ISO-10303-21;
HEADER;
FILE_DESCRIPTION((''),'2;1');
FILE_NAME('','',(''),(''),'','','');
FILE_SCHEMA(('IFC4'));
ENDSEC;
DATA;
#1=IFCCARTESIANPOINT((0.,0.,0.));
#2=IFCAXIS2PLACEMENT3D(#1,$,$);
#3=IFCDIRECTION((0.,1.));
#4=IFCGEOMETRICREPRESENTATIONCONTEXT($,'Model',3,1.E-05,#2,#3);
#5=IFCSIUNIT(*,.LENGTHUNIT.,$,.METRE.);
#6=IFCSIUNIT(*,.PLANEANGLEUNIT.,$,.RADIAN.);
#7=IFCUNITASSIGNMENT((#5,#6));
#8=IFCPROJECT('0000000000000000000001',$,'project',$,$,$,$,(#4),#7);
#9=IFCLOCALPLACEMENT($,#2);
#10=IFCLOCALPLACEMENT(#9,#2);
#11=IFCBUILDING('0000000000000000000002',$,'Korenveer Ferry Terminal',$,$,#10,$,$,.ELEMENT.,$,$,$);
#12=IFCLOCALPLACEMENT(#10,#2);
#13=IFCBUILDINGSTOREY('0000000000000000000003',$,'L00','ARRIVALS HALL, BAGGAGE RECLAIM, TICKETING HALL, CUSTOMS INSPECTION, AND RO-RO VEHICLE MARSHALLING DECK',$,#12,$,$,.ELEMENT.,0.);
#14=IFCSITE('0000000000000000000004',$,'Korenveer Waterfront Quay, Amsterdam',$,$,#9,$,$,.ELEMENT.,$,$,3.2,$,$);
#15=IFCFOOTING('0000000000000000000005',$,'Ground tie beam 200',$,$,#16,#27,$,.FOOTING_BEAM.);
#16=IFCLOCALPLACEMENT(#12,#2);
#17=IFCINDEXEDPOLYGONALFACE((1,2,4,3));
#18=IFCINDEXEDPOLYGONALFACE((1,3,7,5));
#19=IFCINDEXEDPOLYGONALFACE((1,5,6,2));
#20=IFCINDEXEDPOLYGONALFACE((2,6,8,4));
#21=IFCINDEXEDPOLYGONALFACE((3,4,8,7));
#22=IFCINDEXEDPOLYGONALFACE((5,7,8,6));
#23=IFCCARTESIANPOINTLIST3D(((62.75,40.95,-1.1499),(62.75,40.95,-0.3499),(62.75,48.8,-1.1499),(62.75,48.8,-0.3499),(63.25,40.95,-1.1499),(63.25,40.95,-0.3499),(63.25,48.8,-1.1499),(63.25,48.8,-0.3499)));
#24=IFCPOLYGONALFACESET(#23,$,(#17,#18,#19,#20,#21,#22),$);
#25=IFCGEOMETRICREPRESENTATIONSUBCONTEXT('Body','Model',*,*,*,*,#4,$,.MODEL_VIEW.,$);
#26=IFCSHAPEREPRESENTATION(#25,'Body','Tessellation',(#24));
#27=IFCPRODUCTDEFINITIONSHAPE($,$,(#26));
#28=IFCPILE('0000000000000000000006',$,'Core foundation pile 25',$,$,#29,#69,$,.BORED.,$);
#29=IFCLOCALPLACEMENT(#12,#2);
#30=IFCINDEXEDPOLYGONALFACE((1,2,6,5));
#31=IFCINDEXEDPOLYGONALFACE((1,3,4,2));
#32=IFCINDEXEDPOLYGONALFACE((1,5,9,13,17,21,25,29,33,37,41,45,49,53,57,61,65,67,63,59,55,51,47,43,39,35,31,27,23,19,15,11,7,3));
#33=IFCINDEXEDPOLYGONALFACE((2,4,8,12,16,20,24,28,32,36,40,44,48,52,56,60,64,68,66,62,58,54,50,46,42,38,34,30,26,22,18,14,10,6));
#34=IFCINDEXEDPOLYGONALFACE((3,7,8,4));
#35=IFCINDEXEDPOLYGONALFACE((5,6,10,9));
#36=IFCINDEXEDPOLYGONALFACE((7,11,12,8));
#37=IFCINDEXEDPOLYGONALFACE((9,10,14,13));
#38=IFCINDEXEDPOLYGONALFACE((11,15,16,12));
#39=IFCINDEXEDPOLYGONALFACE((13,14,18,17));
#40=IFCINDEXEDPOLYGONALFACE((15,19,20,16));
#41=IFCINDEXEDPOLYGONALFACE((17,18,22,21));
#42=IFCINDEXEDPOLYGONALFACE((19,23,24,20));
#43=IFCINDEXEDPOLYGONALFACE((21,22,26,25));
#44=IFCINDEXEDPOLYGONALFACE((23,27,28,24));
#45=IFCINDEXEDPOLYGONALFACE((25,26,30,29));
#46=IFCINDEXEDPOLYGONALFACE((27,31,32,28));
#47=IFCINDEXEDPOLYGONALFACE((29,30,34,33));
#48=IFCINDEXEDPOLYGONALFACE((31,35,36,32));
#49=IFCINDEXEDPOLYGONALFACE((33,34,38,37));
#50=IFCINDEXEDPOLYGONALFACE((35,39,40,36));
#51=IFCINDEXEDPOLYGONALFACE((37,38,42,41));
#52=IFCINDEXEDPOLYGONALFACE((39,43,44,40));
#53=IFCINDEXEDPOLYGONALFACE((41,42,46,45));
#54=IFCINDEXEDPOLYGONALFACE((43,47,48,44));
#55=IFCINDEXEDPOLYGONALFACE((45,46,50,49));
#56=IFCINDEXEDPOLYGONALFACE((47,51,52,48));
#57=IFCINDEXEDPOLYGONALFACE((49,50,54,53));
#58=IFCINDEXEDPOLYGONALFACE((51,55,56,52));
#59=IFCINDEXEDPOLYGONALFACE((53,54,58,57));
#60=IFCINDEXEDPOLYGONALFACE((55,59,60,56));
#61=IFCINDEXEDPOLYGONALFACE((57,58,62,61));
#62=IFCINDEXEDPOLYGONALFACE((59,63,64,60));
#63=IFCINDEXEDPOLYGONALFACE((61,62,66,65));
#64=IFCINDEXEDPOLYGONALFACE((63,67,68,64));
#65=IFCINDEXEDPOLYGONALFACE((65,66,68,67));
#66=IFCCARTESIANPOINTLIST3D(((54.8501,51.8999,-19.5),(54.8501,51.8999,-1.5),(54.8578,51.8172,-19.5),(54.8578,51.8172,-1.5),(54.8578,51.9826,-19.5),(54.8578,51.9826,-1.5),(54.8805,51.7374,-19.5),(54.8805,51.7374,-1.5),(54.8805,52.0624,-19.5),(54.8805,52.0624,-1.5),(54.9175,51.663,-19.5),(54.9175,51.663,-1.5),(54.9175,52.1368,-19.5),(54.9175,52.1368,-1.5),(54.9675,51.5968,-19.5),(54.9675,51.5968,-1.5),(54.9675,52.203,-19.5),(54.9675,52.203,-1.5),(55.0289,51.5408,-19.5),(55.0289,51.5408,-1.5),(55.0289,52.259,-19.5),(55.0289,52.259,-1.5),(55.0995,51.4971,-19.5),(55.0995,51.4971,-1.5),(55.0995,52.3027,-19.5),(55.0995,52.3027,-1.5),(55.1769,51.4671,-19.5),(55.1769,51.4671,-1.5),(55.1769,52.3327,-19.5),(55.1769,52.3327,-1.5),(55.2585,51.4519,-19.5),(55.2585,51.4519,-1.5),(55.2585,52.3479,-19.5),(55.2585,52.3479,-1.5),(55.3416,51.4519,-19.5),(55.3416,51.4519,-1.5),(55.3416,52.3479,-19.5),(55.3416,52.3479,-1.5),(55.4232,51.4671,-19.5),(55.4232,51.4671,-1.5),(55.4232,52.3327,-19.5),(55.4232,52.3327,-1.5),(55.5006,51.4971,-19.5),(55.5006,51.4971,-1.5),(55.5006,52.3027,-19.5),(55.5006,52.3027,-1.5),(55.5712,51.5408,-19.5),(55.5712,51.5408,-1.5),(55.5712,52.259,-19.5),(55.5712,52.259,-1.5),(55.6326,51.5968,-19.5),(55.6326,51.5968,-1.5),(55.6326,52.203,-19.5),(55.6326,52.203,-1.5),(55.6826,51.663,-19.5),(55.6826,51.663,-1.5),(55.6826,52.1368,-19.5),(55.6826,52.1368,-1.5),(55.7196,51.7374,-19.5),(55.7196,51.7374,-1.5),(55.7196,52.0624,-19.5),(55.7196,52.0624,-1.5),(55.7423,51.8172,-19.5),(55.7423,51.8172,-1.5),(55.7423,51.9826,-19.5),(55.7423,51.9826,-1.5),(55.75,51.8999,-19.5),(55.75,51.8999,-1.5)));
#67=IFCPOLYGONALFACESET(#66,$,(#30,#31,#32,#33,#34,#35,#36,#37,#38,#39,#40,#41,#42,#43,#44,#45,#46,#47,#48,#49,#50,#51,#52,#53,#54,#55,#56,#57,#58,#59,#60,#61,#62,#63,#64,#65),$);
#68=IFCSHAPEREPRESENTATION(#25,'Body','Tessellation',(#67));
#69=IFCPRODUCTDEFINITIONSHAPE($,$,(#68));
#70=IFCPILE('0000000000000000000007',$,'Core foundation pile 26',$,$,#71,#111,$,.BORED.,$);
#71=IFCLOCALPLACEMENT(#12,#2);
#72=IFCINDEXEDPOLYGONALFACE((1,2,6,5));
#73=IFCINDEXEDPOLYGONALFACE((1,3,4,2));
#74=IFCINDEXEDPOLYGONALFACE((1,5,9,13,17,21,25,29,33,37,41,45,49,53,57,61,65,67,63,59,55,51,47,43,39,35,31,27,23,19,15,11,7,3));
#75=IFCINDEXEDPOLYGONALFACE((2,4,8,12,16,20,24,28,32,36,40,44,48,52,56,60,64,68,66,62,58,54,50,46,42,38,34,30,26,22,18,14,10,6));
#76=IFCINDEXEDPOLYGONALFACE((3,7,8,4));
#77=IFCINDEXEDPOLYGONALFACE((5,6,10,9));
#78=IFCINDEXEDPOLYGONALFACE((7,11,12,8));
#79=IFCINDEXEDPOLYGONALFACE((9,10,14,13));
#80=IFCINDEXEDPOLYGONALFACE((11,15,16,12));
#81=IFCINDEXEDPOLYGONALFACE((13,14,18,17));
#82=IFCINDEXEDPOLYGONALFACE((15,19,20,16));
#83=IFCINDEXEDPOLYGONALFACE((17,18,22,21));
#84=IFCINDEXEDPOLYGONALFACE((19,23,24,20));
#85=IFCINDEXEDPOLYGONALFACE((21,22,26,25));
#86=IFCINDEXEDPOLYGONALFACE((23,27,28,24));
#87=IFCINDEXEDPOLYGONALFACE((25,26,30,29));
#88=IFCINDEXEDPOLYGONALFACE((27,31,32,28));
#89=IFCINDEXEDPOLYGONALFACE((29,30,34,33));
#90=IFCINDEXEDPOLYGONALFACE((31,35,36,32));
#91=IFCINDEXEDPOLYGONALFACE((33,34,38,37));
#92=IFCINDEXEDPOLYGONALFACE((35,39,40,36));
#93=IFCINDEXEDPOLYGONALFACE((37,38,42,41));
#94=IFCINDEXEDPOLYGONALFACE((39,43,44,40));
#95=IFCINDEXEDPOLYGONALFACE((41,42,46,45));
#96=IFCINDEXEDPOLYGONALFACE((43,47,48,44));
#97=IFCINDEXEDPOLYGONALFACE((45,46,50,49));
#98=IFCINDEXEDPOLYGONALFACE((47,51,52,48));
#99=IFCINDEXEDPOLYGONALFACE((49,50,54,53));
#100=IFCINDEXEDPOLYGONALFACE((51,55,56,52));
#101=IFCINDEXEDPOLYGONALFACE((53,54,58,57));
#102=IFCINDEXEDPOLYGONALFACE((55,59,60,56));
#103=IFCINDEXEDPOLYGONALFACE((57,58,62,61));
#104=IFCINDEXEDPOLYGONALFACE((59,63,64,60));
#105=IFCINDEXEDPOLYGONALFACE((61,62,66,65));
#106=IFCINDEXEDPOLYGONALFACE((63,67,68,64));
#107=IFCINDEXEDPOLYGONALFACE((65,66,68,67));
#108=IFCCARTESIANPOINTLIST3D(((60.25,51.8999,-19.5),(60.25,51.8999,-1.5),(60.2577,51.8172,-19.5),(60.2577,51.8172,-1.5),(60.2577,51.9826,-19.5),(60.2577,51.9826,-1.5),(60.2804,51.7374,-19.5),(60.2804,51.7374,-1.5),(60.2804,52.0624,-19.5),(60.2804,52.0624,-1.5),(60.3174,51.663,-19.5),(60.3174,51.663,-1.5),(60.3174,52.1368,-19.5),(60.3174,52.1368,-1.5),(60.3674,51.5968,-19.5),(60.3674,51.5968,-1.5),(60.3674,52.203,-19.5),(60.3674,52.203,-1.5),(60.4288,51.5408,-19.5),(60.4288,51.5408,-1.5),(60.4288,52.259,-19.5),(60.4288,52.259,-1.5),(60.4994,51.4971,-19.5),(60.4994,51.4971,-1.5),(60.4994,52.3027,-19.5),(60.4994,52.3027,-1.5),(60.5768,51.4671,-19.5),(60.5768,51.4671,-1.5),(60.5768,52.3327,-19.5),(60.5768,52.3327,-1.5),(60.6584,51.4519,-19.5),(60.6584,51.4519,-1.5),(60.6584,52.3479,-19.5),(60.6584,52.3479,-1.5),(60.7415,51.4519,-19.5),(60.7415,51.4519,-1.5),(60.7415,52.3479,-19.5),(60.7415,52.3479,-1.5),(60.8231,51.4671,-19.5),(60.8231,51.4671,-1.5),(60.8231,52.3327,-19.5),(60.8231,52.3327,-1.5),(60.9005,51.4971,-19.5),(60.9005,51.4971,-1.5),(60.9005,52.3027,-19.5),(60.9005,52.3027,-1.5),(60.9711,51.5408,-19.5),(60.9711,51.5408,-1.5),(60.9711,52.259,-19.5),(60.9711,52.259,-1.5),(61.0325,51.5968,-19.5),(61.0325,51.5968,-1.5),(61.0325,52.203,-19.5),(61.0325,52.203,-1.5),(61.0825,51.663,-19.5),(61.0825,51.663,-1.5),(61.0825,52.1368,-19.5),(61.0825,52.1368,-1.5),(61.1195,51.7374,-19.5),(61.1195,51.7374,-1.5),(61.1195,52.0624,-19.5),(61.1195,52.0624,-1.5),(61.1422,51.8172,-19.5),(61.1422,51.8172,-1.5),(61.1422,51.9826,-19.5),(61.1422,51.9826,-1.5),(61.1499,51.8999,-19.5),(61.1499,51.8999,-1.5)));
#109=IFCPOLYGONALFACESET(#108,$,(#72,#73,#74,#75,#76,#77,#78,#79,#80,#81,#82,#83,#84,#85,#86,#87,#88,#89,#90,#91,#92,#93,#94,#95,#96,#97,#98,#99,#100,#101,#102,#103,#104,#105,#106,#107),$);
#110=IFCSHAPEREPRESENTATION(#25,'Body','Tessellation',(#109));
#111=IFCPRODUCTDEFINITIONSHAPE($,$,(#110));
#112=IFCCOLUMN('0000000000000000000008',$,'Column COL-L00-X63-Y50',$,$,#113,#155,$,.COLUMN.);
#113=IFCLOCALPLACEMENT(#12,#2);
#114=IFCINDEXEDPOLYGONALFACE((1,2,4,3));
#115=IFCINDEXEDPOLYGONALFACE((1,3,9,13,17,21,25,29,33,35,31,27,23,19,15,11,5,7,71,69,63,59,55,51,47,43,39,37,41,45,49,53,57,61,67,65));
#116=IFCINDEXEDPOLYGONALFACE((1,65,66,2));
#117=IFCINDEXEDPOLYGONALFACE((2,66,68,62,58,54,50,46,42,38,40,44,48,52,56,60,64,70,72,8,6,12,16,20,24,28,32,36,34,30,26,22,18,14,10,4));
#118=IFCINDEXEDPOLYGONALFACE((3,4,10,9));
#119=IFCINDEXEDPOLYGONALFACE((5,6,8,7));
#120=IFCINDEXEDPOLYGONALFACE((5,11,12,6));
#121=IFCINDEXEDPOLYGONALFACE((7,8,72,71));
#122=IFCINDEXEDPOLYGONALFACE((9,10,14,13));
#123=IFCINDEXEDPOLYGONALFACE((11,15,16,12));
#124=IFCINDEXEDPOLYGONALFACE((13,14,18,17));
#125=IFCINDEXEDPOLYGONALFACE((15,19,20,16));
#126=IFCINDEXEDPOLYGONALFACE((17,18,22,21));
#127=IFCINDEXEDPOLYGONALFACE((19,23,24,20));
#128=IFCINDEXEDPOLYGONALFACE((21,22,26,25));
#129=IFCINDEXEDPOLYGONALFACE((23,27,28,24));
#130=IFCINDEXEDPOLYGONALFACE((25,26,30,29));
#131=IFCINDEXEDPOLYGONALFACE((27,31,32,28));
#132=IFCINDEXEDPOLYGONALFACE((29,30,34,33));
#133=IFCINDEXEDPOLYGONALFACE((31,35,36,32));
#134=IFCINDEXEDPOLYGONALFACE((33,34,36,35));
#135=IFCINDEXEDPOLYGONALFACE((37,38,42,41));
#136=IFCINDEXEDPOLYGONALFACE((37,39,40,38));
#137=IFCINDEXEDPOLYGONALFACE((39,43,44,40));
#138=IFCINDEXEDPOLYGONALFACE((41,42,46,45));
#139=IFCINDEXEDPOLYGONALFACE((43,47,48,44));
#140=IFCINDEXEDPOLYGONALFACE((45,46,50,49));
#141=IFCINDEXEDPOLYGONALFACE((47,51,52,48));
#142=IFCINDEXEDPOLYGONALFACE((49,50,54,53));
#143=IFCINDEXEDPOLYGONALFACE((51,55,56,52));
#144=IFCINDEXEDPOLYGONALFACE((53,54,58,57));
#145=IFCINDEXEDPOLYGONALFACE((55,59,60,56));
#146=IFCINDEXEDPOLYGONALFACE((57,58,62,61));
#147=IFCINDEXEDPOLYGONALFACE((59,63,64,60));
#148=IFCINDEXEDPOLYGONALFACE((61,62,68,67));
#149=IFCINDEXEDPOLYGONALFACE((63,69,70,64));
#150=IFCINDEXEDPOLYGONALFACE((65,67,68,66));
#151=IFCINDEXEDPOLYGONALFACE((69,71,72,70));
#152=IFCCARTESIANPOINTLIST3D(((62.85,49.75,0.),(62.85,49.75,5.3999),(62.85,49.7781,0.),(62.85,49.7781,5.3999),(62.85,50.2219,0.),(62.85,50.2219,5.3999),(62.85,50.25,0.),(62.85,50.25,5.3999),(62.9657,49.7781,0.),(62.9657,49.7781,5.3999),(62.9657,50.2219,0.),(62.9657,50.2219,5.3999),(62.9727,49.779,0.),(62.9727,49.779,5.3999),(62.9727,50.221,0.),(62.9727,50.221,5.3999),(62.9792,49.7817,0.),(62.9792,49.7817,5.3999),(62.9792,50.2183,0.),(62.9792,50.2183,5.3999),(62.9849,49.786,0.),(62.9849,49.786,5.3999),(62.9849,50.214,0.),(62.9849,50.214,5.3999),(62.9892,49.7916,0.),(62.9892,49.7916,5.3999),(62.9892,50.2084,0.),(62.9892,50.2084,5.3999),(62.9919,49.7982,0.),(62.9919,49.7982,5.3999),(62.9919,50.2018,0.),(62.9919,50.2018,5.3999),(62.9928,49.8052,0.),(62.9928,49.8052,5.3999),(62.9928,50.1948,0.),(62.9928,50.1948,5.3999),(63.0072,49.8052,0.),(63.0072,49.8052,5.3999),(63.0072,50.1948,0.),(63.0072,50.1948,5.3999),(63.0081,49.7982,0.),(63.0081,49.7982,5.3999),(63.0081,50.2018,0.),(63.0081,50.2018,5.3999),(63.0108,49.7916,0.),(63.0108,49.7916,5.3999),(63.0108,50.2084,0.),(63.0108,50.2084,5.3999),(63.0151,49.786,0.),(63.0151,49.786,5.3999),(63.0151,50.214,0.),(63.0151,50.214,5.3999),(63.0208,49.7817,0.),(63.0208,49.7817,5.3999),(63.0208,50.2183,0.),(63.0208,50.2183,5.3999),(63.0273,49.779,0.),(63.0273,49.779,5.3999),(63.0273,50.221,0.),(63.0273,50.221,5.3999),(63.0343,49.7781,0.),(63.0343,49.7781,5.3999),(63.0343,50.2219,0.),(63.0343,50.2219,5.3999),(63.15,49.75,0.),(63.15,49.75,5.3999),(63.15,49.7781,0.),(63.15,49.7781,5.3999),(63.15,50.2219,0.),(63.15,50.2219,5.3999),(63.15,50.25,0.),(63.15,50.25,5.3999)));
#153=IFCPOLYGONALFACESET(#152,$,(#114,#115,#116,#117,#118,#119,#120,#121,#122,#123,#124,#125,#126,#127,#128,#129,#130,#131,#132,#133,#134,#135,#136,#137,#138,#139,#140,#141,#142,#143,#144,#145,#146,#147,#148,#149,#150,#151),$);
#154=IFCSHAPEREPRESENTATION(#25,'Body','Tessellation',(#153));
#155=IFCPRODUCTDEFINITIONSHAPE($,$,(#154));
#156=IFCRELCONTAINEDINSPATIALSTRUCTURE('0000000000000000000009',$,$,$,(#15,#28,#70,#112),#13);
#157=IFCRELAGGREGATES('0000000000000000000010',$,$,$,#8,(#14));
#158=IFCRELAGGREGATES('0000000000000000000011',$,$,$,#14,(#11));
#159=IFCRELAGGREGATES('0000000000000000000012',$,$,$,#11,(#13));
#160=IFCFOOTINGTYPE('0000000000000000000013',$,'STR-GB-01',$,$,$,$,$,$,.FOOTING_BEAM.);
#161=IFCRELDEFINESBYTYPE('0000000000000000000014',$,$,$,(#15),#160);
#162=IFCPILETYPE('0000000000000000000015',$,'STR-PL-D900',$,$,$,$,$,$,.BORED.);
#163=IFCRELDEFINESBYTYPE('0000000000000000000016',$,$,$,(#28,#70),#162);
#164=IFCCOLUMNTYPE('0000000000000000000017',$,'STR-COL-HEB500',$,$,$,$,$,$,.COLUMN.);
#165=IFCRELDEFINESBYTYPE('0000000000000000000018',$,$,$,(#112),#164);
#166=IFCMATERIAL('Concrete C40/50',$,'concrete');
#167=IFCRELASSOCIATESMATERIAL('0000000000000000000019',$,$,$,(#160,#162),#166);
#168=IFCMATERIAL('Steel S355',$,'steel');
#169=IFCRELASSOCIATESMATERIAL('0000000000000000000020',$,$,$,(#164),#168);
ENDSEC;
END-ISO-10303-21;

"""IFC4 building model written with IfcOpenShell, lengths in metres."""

from ifc_helpers import new_model, si_unit, direction, frame, origin, origin_2d, place, context, subcontext, project, spatial, rectangle, circle, i_section, extrude, material, material_profile, profile_set, type_object, element, save


model = new_model("IFC4")

# Units and contexts
model_context = context("Model", 3, precision=1e-05, world=origin(), true_north=direction((0.0, 1.0)))
body_context = subcontext(model_context, "Body", "Model", "MODEL_VIEW")
ifc_project = project(units=[si_unit("LENGTHUNIT", "METRE"), si_unit("PLANEANGLEUNIT", "RADIAN")], contexts=[model_context])

# Site, building, storey
site_placement = place(None, origin())
site = spatial("IfcSite", under=ifc_project, at=site_placement, Name="Korenveer Waterfront Quay, Amsterdam", CompositionType="ELEMENT", RefElevation=3.2)
building_placement = place(site_placement, origin())
building = spatial("IfcBuilding", under=site, at=building_placement, Name="Korenveer Ferry Terminal", CompositionType="ELEMENT")
storey_placement = place(building_placement, origin())
storey = spatial("IfcBuildingStorey", under=building, at=storey_placement, Name="L00", Description="ARRIVALS HALL, BAGGAGE RECLAIM, TICKETING HALL, CUSTOMS INSPECTION, AND RO-RO VEHICLE MARSHALLING DECK", CompositionType="ELEMENT", Elevation=0.0)

# Footing
ifc_material_1 = material(Name="Concrete C40/50", Category="concrete")
footing_type = type_object("IfcFootingType", Name="STR-GB-01", PredefinedType="FOOTING_BEAM", material=ifc_material_1)
footing_placement = place(storey_placement, frame((63.0, 44.875, -1.1499), z_axis=(0.0, 0.0, 1.0), x_axis=(1.0, 0.0, 0.0)))
element("IfcFooting", 1, at=footing_placement, inside=storey, type_object=footing_type, Name="Ground tie beam 200", PredefinedType="FOOTING_BEAM", context=body_context, shape_type="SweptSolid", body=[
    extrude(rectangle(XDim=0.5, YDim=7.8501, at=origin_2d()), origin(), (0.0, 0.0, 1.0), 0.8),
])

# Piles
ifc_material_profile_1 = material_profile(ifc_material_1, circle(Radius=0.45, at=origin_2d()), Name="PILE D900")
ifc_profile_set_1 = profile_set([ifc_material_profile_1], Name="Concrete C40/50")
pile_type = type_object("IfcPileType", Name="STR-PL-D900", PredefinedType="BORED", material=ifc_profile_set_1)
for number, where, z_axis, x_axis, name in (
    (2, (55.3, 51.8999, -1.5), (0.0, 0.0, -1.0), (1.0, 0.0, 0.0), "Core foundation pile 25"),
    (3, (60.7, 51.8999, -1.5), (0.0, 0.0, -1.0), (1.0, 0.0, 0.0), "Core foundation pile 26"),
):
    element("IfcPile", number, at=place(storey_placement, frame(where, z_axis=z_axis, x_axis=x_axis)), inside=storey, type_object=pile_type, Name=name, PredefinedType="BORED", context=body_context, shape_type="SweptSolid", body=[
        extrude(circle(Radius=0.45, at=origin_2d()), origin(), (0.0, 0.0, 1.0), 18.0),
    ])

# Column
ifc_material_2 = material(Name="Steel S355", Category="steel")
ifc_material_profile_2 = material_profile(ifc_material_2, i_section(OverallWidth=0.3, OverallDepth=0.5, WebThickness=0.0144, FlangeThickness=0.0281, FilletRadius=0.0271, at=origin_2d()), Name="HEB 500")
ifc_profile_set_2 = profile_set([ifc_material_profile_2], Name="Steel S355")
column_type = type_object("IfcColumnType", Name="STR-COL-HEB500", PredefinedType="COLUMN", material=ifc_profile_set_2)
column_placement = place(storey_placement, frame((63.0, 50.0, 0.0), z_axis=(0.0, 0.0, 1.0), x_axis=(1.0, 0.0, 0.0)))
element("IfcColumn", 4, at=column_placement, inside=storey, type_object=column_type, Name="Column COL-L00-X63-Y50", PredefinedType="COLUMN", context=body_context, shape_type="SweptSolid", body=[
    extrude(i_section(OverallWidth=0.3, OverallDepth=0.5, WebThickness=0.0144, FlangeThickness=0.0281, FilletRadius=0.0271, at=origin_2d()), origin(), (0.0, 0.0, 1.0), 5.3999),
])

save(model, "model.ifc")
